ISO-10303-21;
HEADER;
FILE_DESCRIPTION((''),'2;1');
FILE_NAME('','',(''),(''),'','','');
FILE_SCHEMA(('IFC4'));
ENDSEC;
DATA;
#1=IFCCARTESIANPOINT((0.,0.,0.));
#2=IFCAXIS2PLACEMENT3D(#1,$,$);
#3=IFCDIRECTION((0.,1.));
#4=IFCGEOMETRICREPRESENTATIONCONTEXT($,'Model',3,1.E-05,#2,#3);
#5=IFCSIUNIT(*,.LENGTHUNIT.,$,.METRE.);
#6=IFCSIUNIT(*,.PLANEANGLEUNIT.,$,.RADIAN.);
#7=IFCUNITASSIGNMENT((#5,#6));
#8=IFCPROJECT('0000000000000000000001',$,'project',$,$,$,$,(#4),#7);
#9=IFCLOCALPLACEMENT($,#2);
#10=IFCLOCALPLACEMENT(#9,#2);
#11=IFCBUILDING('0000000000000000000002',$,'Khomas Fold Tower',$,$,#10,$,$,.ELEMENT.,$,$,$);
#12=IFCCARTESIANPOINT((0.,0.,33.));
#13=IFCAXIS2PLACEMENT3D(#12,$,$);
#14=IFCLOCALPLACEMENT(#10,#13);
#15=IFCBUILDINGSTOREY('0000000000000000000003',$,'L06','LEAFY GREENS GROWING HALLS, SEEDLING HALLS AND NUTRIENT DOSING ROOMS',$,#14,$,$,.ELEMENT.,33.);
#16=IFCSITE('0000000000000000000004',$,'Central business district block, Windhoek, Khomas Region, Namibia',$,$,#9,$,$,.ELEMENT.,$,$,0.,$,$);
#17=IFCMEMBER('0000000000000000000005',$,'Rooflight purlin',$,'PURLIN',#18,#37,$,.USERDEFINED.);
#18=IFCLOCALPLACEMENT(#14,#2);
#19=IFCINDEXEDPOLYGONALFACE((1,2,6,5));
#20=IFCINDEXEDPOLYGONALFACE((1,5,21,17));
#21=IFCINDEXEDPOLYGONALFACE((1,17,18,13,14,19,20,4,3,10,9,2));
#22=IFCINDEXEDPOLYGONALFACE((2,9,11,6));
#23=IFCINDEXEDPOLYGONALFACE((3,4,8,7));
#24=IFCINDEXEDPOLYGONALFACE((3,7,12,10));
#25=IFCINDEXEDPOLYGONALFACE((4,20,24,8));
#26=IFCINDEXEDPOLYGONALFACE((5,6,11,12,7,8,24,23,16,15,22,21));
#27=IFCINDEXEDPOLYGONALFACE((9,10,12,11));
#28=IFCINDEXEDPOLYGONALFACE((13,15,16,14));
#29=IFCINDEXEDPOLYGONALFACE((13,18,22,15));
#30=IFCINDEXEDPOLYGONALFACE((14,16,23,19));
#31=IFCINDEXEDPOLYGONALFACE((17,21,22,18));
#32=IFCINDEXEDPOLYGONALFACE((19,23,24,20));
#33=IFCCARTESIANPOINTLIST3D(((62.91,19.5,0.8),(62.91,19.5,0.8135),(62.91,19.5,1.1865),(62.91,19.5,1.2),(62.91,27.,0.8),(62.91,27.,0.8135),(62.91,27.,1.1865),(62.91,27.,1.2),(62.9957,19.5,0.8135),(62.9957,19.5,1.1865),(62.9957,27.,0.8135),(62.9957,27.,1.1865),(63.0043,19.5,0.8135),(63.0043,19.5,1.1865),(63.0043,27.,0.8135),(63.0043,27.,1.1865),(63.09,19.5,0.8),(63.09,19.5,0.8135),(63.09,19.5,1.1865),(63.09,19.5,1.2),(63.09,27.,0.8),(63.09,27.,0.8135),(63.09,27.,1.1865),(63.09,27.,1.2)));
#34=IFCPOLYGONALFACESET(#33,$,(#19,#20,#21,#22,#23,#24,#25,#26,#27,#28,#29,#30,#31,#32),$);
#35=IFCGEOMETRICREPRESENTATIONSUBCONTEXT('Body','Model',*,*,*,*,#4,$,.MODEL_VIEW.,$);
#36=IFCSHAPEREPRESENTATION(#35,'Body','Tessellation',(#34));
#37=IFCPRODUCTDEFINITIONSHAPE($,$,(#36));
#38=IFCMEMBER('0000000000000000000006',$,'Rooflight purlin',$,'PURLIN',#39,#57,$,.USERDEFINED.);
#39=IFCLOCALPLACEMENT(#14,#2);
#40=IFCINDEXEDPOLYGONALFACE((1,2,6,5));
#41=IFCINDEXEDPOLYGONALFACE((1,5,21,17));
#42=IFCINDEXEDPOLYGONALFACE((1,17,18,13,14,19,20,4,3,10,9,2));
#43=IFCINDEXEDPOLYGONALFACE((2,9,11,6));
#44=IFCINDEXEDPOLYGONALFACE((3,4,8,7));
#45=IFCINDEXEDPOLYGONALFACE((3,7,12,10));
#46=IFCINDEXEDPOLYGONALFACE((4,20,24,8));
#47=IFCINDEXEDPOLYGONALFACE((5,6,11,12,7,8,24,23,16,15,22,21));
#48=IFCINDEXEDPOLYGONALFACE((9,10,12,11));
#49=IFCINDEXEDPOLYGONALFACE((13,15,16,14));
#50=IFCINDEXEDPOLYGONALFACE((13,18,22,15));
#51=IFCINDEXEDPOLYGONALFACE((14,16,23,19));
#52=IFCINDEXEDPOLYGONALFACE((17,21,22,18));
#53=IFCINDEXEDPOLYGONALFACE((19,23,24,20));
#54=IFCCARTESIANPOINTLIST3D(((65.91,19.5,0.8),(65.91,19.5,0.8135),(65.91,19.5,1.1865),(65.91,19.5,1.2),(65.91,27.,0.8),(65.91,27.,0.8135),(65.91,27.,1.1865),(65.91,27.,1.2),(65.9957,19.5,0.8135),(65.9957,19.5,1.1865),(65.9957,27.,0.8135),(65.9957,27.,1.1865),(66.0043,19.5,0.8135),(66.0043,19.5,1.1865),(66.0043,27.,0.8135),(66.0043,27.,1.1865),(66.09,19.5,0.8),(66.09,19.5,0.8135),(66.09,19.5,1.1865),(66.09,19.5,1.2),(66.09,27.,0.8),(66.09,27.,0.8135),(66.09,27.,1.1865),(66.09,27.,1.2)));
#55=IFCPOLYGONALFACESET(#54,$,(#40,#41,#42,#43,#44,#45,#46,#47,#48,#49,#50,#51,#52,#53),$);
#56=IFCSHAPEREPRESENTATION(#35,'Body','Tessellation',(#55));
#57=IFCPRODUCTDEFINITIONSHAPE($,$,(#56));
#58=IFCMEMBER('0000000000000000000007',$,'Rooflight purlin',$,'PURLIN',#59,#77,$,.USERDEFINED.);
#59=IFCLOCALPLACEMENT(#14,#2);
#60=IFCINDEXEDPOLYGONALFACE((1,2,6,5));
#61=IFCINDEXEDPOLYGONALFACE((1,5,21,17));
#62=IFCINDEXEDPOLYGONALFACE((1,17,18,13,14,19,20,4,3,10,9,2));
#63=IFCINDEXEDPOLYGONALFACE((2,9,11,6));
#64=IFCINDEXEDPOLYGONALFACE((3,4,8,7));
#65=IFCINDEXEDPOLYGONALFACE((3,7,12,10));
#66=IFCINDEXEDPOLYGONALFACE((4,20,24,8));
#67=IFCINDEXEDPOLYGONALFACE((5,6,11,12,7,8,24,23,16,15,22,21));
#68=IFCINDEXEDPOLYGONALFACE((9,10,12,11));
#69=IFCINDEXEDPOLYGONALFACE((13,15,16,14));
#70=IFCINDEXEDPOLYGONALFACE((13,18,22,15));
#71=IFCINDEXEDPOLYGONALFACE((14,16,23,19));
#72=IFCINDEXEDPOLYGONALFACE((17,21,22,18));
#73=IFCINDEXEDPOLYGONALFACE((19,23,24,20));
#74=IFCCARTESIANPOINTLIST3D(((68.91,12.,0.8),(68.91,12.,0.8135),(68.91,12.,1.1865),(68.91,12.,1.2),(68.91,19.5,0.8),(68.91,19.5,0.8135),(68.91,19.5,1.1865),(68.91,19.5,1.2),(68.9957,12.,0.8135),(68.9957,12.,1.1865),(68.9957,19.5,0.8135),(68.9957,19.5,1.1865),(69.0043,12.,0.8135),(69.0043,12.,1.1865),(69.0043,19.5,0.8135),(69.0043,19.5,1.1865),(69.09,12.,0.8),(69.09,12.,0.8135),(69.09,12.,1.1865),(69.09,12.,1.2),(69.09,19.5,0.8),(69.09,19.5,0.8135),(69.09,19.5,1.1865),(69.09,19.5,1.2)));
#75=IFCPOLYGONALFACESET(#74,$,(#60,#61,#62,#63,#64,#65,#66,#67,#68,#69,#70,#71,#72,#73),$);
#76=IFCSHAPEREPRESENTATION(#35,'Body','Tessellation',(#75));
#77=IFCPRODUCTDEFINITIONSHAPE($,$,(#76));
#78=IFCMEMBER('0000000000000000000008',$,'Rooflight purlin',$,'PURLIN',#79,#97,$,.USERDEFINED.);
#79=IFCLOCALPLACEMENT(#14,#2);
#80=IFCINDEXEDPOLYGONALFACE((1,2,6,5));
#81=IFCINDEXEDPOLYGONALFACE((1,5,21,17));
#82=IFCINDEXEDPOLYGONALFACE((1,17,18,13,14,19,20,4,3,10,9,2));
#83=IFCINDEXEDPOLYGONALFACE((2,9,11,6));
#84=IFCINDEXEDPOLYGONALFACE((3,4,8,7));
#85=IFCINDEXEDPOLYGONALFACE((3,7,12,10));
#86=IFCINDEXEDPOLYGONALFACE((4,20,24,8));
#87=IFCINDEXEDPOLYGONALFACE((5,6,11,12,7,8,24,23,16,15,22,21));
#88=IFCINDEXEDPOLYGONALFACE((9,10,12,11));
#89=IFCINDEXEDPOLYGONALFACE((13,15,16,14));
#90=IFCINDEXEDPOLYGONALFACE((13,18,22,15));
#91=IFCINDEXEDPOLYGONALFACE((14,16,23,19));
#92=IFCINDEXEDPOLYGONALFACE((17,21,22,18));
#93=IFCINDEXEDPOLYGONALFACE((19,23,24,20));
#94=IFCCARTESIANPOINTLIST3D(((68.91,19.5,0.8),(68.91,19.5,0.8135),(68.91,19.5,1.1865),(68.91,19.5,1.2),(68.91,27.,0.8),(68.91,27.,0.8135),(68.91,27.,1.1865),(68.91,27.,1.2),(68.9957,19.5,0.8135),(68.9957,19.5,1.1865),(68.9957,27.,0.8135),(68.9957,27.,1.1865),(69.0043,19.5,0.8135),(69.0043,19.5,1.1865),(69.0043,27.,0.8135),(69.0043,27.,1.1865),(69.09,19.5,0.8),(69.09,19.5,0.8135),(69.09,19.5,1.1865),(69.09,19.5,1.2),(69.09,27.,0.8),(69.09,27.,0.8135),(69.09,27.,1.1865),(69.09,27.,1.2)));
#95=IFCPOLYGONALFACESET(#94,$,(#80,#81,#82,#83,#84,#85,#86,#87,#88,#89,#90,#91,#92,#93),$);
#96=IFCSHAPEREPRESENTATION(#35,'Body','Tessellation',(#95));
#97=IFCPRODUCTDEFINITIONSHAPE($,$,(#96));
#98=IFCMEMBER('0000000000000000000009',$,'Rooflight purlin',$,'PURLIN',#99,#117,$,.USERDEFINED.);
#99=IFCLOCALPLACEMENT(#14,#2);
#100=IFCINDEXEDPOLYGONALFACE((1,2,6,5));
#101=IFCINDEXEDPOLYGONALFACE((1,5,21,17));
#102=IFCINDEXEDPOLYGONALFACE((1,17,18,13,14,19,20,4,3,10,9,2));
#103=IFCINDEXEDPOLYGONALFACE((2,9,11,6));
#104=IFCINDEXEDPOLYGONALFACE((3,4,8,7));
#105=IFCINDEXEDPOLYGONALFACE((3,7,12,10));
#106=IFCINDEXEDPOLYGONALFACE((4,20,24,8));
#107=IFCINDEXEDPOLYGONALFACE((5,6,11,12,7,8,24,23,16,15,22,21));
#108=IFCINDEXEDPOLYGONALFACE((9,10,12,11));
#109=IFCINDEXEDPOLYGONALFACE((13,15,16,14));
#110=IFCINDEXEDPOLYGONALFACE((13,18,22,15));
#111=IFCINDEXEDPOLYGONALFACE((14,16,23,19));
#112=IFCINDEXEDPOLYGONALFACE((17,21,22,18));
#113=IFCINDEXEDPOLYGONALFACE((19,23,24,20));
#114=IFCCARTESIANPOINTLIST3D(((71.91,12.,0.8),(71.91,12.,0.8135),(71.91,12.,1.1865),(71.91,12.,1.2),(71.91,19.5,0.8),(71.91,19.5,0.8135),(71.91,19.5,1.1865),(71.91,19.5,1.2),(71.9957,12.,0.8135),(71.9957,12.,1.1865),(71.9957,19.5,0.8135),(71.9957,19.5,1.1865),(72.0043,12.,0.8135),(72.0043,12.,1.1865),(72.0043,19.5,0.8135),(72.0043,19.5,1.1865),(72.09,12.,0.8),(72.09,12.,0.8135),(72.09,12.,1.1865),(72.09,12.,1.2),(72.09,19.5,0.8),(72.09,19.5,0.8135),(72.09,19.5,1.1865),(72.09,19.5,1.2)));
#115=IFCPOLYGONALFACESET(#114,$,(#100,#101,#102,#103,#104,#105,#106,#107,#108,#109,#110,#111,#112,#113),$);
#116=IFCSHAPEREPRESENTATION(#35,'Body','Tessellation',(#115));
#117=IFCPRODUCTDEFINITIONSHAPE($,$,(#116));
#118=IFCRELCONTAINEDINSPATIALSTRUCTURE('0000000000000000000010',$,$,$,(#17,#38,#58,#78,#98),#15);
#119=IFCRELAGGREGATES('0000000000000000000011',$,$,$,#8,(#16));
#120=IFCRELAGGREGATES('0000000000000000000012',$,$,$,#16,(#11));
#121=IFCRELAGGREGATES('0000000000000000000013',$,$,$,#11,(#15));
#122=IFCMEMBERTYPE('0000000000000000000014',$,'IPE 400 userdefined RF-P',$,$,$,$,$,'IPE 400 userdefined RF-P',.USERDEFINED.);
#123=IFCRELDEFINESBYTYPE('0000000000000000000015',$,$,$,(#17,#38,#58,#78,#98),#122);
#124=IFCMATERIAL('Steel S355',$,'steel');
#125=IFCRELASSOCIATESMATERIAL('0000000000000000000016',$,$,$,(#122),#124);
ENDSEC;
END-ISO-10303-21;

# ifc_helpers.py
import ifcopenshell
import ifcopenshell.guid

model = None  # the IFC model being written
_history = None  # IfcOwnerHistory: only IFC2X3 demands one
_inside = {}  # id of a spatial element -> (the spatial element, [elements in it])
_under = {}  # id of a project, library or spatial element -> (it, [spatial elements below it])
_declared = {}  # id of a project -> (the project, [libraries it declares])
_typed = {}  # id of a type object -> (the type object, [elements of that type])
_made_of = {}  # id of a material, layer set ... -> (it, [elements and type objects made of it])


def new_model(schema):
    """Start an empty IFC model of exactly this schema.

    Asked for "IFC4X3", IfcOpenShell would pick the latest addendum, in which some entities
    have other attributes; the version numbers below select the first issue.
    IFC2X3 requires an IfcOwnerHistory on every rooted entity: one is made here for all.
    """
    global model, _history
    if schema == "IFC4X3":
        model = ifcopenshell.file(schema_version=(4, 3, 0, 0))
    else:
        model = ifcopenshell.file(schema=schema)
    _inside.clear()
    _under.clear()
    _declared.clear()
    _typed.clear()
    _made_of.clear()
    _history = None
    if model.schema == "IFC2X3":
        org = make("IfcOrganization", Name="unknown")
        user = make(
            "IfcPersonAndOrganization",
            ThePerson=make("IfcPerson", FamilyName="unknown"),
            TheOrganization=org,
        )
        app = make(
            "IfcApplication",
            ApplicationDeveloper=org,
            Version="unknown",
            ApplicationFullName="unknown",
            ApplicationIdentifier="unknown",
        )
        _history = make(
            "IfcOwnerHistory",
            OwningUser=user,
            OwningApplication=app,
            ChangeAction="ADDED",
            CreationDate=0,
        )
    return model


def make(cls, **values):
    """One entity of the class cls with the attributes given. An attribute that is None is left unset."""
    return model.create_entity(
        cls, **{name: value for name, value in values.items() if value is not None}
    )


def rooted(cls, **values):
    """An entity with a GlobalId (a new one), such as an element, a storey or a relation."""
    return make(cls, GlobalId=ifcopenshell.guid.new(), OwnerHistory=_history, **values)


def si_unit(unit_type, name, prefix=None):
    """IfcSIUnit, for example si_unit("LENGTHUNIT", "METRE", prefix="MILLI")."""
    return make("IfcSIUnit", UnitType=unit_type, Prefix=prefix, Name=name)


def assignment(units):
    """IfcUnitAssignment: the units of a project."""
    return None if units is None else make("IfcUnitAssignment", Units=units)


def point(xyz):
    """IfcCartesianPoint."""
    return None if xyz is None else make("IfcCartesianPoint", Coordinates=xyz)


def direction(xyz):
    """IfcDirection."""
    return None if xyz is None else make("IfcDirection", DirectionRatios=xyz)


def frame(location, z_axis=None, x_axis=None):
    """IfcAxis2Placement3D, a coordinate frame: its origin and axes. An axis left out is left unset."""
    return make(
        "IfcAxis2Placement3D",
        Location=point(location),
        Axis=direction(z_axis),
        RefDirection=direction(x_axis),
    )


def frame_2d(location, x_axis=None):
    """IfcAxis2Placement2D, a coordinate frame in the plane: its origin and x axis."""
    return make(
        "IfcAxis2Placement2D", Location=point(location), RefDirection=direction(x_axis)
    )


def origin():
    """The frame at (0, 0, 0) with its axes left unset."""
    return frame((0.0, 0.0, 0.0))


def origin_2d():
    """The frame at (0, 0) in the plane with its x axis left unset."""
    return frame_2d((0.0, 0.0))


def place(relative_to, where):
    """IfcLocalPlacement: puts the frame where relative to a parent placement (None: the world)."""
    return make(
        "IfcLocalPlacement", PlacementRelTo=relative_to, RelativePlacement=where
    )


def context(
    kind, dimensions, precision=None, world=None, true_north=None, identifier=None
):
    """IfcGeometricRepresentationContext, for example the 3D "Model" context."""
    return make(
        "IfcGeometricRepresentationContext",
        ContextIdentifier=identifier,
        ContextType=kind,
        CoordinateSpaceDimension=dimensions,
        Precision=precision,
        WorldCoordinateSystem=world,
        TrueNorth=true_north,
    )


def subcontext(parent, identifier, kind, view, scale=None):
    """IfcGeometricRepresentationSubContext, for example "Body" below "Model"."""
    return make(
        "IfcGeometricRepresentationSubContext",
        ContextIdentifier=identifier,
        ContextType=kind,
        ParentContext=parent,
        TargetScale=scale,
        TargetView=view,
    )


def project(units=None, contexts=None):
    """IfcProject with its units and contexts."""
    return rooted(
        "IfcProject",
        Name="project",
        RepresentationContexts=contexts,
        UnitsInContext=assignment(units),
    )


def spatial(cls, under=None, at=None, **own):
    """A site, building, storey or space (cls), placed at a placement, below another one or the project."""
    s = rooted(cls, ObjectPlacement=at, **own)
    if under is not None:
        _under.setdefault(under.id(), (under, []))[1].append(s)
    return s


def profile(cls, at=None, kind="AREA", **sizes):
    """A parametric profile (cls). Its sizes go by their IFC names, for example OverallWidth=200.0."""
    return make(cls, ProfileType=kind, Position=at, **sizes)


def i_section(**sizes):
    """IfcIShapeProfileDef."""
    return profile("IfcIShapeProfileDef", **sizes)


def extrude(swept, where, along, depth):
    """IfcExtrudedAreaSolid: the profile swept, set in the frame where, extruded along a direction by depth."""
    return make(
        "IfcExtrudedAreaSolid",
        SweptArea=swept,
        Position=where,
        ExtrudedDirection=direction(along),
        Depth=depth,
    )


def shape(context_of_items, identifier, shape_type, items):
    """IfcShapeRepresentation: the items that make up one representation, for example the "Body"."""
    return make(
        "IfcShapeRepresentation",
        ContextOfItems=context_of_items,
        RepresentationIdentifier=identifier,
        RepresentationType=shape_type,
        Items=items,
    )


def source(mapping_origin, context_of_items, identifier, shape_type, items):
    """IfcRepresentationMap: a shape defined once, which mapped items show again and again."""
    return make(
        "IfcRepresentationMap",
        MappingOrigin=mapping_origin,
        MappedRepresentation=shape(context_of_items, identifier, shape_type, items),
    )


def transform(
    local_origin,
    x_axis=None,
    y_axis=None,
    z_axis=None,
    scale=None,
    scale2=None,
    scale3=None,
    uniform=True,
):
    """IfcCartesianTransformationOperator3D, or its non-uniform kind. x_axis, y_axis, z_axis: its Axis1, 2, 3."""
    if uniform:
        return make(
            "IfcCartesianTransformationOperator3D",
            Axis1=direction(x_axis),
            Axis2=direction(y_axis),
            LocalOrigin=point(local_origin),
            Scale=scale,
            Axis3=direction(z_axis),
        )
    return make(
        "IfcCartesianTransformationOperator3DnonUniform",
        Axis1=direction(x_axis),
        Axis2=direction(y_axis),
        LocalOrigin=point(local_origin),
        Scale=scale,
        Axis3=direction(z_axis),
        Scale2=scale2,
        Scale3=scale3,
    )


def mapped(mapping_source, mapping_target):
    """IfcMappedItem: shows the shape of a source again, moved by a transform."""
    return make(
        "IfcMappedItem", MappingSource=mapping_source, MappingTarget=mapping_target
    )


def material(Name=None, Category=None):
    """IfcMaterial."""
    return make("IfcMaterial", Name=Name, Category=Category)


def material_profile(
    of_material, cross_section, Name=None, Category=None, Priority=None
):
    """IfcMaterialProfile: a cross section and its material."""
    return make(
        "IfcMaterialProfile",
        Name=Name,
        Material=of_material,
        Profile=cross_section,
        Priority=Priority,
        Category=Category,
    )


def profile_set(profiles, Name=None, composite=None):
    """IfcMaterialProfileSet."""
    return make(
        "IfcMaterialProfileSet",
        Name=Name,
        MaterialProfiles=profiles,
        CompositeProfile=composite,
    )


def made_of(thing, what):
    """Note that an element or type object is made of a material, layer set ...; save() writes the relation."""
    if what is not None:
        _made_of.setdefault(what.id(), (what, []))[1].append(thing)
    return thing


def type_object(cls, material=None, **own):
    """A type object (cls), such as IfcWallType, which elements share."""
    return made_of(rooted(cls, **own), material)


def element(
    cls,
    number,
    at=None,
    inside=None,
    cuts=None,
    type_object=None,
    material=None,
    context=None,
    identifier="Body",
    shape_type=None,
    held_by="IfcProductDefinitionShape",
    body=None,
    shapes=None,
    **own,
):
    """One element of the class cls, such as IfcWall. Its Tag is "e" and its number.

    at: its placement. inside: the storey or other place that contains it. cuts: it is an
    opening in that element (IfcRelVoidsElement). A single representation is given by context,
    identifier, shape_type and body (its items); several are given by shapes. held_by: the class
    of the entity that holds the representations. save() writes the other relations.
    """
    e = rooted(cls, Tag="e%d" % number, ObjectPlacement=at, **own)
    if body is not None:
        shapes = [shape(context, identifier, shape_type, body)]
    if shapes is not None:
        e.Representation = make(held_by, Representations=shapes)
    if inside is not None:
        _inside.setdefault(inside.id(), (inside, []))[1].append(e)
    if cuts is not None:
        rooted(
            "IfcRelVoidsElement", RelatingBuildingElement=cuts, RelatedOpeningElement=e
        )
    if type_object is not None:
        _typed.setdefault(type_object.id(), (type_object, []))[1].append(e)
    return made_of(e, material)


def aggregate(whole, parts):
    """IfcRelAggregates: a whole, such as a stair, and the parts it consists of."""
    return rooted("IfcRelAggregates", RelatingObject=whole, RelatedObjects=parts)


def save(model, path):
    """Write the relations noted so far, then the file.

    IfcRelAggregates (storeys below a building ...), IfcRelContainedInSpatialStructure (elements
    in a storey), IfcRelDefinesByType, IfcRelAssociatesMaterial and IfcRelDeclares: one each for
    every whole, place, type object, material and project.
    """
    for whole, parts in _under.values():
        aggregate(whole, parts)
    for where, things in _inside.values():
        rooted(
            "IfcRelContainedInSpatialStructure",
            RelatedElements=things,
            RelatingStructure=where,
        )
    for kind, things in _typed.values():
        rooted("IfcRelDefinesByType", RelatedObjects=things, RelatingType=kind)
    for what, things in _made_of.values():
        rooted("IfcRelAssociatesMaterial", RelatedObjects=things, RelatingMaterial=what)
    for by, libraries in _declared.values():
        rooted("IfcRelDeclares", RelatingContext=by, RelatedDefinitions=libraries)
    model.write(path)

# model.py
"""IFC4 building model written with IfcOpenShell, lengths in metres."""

from ifc_helpers import new_model, si_unit, direction, frame, origin, origin_2d, place, context, subcontext, project, spatial, i_section, extrude, source, transform, mapped, material, material_profile, profile_set, type_object, element, save


model = new_model("IFC4")

# Units and contexts
model_context = context("Model", 3, precision=1e-05, world=origin(), true_north=direction((0.0, 1.0)))
body_context = subcontext(model_context, "Body", "Model", "MODEL_VIEW")
ifc_project = project(units=[si_unit("LENGTHUNIT", "METRE"), si_unit("PLANEANGLEUNIT", "RADIAN")], contexts=[model_context])

# Site, building, storey
site_placement = place(None, origin())
site = spatial("IfcSite", under=ifc_project, at=site_placement, Name="Central business district block, Windhoek, Khomas Region, Namibia", CompositionType="ELEMENT", RefElevation=0.0)
building_placement = place(site_placement, origin())
building = spatial("IfcBuilding", under=site, at=building_placement, Name="Khomas Fold Tower", CompositionType="ELEMENT")
storey_placement = place(building_placement, frame((0.0, 0.0, 33.0)))
storey = spatial("IfcBuildingStorey", under=building, at=storey_placement, Name="L06", Description="LEAFY GREENS GROWING HALLS, SEEDLING HALLS AND NUTRIENT DOSING ROOMS", CompositionType="ELEMENT", Elevation=33.0)

# Members
ifc_material = material(Name="Steel S355", Category="steel")
ifc_material_profile = material_profile(ifc_material, i_section(OverallWidth=0.1799, OverallDepth=0.3999, WebThickness=0.0085, FlangeThickness=0.0134, at=origin_2d()), Name="IPE 400")
ifc_profile_set = profile_set([ifc_material_profile], Name="Steel S355")
member_type = type_object("IfcMemberType", Name="IPE 400 userdefined RF-P", ElementType="IPE 400 userdefined RF-P", PredefinedType="USERDEFINED", material=ifc_profile_set)
shared_shape = source(origin(), body_context, "Body", "SweptSolid", [
    extrude(i_section(OverallWidth=0.1799, OverallDepth=0.3999, WebThickness=0.0085, FlangeThickness=0.0134, at=origin_2d()), origin(), (0.0, 0.0, 1.0), 7.5),
])
for number, where, z_axis, x_axis, name in (
    (1, (63.0, 19.5, 1.0), (0.0, 1.0, 0.0), (-1.0, 0.0, 0.0), "Rooflight purlin"),
    (2, (66.0, 19.5, 1.0), (0.0, 1.0, 0.0), (-1.0, 0.0, 0.0), "Rooflight purlin"),
    (3, (69.0, 12.0, 1.0), (0.0, 1.0, 0.0), (-1.0, 0.0, 0.0), "Rooflight purlin"),
    (4, (69.0, 19.5, 1.0), (0.0, 1.0, 0.0), (-1.0, 0.0, 0.0), "Rooflight purlin"),
    (5, (72.0, 12.0, 1.0), (0.0, 1.0, 0.0), (-1.0, 0.0, 0.0), "Rooflight purlin"),
):
    element("IfcMember", number, at=place(storey_placement, frame(where, z_axis=z_axis, x_axis=x_axis)), inside=storey, type_object=member_type, Name=name, ObjectType="PURLIN", PredefinedType="USERDEFINED", context=body_context, shape_type="MappedRepresentation", body=[
        mapped(shared_shape, transform((0.0, 0.0, 0.0))),
    ])

save(model, "model.ifc")
